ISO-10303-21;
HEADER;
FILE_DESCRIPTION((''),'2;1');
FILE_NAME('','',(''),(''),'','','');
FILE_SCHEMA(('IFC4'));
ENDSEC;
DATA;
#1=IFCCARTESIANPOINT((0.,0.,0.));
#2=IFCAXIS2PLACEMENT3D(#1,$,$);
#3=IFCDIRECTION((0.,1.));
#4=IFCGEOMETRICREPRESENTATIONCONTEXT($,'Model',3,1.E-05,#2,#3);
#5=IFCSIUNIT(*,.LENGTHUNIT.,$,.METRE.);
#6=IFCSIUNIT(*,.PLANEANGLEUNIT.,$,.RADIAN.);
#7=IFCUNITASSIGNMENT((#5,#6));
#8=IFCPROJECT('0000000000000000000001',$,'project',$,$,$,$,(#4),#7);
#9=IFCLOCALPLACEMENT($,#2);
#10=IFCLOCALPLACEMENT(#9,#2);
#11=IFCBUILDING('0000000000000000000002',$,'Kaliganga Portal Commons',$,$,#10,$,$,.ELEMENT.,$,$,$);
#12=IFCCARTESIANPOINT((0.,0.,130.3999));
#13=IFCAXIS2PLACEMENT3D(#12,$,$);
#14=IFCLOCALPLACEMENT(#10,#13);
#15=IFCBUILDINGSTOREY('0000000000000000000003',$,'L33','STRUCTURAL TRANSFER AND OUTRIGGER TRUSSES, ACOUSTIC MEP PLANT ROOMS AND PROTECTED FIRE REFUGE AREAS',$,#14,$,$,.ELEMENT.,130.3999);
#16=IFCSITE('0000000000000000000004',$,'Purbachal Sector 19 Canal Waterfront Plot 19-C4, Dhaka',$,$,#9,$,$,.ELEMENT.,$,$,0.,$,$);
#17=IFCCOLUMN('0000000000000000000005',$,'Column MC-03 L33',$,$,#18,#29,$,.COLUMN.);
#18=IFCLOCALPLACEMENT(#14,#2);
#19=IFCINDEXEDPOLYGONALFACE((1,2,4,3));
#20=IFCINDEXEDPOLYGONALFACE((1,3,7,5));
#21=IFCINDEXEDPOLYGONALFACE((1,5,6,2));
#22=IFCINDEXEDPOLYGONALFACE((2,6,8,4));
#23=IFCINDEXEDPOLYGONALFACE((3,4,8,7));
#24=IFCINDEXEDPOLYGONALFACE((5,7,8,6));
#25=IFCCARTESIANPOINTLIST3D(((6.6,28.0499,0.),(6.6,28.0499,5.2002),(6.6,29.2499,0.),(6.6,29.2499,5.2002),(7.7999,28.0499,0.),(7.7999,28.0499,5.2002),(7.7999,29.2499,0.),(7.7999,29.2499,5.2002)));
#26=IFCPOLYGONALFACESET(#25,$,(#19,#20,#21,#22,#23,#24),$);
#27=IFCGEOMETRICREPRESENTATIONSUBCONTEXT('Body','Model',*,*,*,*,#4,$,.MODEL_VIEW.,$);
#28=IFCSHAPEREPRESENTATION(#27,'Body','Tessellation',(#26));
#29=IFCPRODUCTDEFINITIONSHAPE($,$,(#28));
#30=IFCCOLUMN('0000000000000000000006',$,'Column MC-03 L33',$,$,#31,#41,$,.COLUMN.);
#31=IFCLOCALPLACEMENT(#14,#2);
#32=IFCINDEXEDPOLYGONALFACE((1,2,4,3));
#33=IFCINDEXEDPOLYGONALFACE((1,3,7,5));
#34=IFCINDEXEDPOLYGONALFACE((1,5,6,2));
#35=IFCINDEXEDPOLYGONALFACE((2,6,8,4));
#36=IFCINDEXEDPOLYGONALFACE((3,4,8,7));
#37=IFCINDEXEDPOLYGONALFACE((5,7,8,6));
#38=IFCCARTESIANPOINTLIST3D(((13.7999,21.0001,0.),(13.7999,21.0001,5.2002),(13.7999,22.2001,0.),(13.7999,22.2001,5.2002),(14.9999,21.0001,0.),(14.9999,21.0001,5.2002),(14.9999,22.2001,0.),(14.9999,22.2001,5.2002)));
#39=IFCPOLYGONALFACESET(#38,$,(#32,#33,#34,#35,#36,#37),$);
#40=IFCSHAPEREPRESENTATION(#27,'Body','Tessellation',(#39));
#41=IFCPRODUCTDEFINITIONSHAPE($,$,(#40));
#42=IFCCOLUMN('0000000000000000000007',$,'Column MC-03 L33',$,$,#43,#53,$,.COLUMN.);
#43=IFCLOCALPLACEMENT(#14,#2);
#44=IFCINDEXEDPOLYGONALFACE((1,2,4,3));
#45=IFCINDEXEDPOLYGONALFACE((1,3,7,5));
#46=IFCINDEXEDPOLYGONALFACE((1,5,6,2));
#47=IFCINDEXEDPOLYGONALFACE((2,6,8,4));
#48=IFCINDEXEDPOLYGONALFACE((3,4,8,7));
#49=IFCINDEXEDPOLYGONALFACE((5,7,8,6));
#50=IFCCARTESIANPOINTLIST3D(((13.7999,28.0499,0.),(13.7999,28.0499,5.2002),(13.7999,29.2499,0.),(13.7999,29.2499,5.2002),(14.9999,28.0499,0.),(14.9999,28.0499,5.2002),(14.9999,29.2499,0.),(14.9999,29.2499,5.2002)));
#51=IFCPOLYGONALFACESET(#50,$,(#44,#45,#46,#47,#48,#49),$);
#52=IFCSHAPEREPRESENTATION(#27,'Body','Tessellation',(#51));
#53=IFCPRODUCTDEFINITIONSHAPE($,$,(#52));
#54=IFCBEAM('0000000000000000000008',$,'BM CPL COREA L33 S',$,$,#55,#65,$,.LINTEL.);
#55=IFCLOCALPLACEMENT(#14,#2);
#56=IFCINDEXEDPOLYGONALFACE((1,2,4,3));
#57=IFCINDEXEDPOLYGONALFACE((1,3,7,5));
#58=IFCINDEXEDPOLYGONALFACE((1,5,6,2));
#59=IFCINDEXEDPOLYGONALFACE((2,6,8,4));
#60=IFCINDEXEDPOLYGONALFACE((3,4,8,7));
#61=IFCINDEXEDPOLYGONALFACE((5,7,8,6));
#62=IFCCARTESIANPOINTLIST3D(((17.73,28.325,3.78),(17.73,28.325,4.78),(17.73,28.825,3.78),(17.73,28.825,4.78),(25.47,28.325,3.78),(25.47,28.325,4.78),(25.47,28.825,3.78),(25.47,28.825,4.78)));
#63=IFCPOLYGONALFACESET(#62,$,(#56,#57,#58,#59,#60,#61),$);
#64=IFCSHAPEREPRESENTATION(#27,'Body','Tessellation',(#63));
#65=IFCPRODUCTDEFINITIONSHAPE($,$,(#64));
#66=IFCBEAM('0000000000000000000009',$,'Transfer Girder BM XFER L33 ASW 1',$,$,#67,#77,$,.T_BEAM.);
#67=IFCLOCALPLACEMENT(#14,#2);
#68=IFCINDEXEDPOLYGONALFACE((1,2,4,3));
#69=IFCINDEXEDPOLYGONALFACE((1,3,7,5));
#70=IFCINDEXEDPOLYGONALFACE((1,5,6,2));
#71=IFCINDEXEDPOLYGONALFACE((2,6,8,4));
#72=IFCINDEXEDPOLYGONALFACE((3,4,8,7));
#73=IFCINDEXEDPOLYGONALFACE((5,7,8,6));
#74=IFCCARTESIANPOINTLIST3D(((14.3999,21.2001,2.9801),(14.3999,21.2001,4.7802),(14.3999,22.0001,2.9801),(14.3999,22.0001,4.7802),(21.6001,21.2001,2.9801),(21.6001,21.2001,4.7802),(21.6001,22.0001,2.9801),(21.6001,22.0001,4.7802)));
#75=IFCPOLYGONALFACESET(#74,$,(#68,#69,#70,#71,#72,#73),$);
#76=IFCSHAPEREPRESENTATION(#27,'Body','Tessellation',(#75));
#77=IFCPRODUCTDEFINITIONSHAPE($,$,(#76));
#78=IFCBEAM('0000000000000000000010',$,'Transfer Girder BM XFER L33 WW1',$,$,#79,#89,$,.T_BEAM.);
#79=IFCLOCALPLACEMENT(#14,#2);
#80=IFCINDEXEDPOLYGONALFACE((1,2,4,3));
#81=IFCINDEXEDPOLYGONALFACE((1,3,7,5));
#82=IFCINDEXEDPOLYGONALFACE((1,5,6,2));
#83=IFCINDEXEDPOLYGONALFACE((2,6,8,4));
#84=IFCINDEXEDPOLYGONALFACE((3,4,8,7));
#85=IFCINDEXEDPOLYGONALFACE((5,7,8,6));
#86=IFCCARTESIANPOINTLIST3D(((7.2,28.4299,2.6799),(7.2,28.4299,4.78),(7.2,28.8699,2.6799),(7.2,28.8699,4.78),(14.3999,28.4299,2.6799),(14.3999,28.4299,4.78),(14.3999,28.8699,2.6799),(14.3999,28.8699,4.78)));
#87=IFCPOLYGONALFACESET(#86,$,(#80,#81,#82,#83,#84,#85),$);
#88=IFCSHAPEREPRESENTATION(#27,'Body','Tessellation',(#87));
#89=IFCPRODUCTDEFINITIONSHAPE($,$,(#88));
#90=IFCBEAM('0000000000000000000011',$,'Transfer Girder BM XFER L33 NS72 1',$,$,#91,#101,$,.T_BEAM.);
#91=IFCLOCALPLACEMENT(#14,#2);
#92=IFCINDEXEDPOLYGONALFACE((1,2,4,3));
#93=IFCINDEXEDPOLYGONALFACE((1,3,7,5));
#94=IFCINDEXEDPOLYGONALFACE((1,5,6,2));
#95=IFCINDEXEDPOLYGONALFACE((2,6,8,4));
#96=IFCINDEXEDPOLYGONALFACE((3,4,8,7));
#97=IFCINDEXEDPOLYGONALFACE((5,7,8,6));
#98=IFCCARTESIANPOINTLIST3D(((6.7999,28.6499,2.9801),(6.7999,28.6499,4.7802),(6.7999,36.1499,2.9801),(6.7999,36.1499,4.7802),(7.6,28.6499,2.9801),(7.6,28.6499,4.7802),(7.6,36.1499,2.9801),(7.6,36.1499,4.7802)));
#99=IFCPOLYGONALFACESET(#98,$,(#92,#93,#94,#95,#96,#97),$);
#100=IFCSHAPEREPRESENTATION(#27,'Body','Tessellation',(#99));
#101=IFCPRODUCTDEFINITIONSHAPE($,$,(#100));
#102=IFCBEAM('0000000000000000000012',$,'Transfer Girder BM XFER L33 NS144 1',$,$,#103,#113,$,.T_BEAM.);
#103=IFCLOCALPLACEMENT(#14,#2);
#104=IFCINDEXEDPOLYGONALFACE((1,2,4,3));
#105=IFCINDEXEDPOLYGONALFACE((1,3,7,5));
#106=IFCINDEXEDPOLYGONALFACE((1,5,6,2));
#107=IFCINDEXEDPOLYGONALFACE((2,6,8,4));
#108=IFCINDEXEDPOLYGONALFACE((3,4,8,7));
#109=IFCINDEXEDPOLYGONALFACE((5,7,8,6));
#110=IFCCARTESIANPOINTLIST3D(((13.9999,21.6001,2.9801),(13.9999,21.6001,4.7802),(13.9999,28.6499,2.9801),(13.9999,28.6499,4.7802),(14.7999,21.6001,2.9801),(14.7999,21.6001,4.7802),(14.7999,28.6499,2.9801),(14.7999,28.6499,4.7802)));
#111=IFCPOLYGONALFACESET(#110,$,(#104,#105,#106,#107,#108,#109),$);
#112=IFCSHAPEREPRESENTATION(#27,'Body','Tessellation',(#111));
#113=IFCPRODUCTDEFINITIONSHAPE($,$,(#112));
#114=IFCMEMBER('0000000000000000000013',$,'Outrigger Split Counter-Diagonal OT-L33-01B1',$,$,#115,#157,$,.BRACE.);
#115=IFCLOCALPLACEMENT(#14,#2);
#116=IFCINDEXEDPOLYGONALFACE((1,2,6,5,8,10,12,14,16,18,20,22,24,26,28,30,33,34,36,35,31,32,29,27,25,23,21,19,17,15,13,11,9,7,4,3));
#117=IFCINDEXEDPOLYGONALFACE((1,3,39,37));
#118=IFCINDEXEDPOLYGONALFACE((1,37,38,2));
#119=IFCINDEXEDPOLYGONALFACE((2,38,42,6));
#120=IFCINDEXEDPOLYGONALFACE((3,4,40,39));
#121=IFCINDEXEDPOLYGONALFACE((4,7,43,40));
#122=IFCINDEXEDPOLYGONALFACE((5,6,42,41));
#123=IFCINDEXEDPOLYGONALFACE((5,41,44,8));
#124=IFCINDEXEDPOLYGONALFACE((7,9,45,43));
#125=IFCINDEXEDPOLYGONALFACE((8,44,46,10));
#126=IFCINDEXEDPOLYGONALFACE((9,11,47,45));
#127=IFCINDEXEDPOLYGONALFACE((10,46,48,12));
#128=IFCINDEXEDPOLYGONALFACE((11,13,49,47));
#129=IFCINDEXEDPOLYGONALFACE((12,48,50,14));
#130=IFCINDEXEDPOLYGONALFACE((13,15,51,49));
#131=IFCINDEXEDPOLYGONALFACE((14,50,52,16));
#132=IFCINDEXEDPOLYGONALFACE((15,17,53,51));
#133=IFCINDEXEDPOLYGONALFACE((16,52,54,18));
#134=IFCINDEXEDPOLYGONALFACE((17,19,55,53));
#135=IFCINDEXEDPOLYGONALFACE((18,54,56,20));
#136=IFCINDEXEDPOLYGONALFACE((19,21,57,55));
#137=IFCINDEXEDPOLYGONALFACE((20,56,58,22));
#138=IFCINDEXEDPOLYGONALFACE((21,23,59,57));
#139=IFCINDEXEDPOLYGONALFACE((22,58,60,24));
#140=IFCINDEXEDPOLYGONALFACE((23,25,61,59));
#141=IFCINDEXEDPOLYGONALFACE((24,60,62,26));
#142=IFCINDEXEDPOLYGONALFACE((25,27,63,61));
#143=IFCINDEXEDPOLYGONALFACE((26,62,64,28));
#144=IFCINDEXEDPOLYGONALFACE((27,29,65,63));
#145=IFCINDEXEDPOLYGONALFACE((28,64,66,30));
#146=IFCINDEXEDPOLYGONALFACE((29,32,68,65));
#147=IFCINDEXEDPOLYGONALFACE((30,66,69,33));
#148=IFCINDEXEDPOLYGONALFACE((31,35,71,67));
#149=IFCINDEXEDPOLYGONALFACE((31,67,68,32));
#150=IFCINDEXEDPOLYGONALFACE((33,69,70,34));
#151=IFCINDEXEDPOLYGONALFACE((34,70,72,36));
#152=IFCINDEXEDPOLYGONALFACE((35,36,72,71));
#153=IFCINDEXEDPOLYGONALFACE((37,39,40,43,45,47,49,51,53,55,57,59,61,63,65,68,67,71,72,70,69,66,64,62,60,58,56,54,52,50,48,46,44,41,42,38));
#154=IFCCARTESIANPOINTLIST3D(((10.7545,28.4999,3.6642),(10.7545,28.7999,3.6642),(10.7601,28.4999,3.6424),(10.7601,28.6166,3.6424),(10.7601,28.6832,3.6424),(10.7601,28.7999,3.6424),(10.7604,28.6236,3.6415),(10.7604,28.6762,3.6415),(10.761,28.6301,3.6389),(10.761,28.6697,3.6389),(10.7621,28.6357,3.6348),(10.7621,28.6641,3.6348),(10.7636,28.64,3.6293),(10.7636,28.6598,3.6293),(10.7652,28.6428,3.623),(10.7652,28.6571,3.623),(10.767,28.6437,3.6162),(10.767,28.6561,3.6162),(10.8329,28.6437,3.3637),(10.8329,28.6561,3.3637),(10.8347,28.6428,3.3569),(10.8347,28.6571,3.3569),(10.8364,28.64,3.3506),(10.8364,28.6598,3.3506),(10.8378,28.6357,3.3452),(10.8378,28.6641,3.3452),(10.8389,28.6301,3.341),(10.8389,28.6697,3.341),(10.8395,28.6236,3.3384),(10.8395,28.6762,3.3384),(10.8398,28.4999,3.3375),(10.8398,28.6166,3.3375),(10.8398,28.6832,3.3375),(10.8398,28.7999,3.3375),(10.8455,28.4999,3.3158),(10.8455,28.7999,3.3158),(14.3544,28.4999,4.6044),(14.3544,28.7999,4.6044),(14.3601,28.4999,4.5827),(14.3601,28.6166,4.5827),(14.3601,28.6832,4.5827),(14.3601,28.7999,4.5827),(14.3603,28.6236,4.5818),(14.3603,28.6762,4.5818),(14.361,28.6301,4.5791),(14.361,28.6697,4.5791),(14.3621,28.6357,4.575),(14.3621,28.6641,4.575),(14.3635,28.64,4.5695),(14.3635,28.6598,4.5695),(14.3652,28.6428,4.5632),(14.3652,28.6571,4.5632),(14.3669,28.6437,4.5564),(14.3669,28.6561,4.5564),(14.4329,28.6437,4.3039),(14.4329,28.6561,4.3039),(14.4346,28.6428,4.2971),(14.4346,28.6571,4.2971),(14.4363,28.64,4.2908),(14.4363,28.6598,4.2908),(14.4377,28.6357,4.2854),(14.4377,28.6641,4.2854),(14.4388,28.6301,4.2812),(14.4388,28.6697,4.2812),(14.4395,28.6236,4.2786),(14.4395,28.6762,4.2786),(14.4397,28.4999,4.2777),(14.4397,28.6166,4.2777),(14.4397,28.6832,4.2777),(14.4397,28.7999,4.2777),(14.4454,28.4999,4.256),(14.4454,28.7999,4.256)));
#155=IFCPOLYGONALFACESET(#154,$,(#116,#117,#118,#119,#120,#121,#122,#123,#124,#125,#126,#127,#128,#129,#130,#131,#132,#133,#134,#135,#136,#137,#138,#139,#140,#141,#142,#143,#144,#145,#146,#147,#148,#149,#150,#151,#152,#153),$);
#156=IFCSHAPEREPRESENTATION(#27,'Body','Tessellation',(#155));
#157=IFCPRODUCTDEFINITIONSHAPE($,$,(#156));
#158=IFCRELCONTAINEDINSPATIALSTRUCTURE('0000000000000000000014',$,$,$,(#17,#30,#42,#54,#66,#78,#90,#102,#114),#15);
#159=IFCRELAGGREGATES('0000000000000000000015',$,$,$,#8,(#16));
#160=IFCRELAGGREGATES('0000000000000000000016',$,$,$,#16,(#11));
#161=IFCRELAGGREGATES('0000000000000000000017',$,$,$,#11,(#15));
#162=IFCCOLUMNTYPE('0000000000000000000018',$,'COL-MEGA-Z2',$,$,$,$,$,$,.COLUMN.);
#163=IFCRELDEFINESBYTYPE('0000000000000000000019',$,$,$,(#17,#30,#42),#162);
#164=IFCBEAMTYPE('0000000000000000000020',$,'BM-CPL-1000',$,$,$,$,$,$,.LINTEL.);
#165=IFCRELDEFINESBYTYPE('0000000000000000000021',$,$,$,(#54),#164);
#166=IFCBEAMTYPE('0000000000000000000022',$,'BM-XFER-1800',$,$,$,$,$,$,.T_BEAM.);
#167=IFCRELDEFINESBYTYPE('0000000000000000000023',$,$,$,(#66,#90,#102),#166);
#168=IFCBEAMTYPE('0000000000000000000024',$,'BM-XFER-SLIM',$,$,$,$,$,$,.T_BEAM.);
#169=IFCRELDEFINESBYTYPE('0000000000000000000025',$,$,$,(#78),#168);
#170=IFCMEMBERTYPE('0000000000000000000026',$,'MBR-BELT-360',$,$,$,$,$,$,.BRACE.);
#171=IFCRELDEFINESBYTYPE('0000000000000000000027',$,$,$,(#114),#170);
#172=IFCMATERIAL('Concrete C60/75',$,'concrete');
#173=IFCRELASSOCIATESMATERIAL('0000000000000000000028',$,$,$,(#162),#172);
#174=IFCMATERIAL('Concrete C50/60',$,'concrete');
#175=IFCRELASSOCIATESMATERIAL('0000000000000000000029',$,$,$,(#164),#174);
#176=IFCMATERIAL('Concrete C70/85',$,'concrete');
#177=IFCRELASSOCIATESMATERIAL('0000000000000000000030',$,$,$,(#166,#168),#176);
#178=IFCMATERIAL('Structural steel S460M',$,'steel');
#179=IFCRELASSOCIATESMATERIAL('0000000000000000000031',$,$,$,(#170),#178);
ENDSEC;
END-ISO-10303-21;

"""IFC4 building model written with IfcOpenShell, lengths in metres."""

from ifc_helpers import new_model, si_unit, direction, frame, origin, origin_2d, place, context, subcontext, project, spatial, rectangle, i_section, extrude, source, transform, mapped, material, material_profile, profile_set, type_object, element, save


model = new_model("IFC4")

# Units and contexts
model_context = context("Model", 3, precision=1e-05, world=origin(), true_north=direction((0.0, 1.0)))
body_context = subcontext(model_context, "Body", "Model", "MODEL_VIEW")
ifc_project = project(units=[si_unit("LENGTHUNIT", "METRE"), si_unit("PLANEANGLEUNIT", "RADIAN")], contexts=[model_context])

# Site, building, storey
site_placement = place(None, origin())
site = spatial("IfcSite", under=ifc_project, at=site_placement, Name="Purbachal Sector 19 Canal Waterfront Plot 19-C4, Dhaka", CompositionType="ELEMENT", RefElevation=0.0)
building_placement = place(site_placement, origin())
building = spatial("IfcBuilding", under=site, at=building_placement, Name="Kaliganga Portal Commons", CompositionType="ELEMENT")
storey_placement = place(building_placement, frame((0.0, 0.0, 130.3999)))
storey = spatial("IfcBuildingStorey", under=building, at=storey_placement, Name="L33", Description="STRUCTURAL TRANSFER AND OUTRIGGER TRUSSES, ACOUSTIC MEP PLANT ROOMS AND PROTECTED FIRE REFUGE AREAS", CompositionType="ELEMENT", Elevation=130.3999)

# Columns
ifc_material_1 = material(Name="Concrete C60/75", Category="concrete")
ifc_material_profile_1 = material_profile(ifc_material_1, rectangle(XDim=1.2, YDim=1.2, at=origin_2d()), Name="RC 1200x1200")
ifc_profile_set_1 = profile_set([ifc_material_profile_1], Name="Concrete C60/75")
column_type = type_object("IfcColumnType", Name="COL-MEGA-Z2", PredefinedType="COLUMN", material=ifc_profile_set_1)
shared_shape_1 = source(origin(), body_context, "Body", "SweptSolid", [
    extrude(rectangle(XDim=1.2, YDim=1.2, at=origin_2d()), origin(), (0.0, 0.0, 1.0), 5.2002),
])
for number, where, z_axis, x_axis, name in (
    (1, (7.2, 28.6499, 0.0), (0.0, 0.0, 1.0), (1.0, 0.0, 0.0), "Column MC-03 L33"),
    (2, (14.3999, 21.6001, 0.0), (0.0, 0.0, 1.0), (1.0, 0.0, 0.0), "Column MC-03 L33"),
    (3, (14.3999, 28.6499, 0.0), (0.0, 0.0, 1.0), (1.0, 0.0, 0.0), "Column MC-03 L33"),
):
    element("IfcColumn", number, at=place(storey_placement, frame(where, z_axis=z_axis, x_axis=x_axis)), inside=storey, type_object=column_type, Name=name, PredefinedType="COLUMN", context=body_context, shape_type="MappedRepresentation", body=[
        mapped(shared_shape_1, transform((0.0, 0.0, 0.0), x_axis=(1.0, 0.0, 0.0), y_axis=(0.0, 1.0, 0.0), z_axis=(0.0, 0.0, 1.0), scale=1.0)),
    ])

# Beams
ifc_material_2 = material(Name="Concrete C50/60", Category="concrete")
ifc_material_profile_2 = material_profile(ifc_material_2, rectangle(XDim=0.5, YDim=1.0, at=origin_2d()), Name="RC 500x1000")
ifc_profile_set_2 = profile_set([ifc_material_profile_2], Name="Concrete C50/60")
beam_type_1 = type_object("IfcBeamType", Name="BM-CPL-1000", PredefinedType="LINTEL", material=ifc_profile_set_2)
shared_shape_2 = source(origin(), body_context, "Body", "SweptSolid", [
    extrude(rectangle(XDim=0.5, YDim=1.0, at=origin_2d()), origin(), (0.0, 0.0, 1.0), 7.74),
])
beam_1_placement = place(storey_placement, frame((17.73, 28.575, 4.28), z_axis=(1.0, 0.0, 0.0), x_axis=(0.0, 1.0, 0.0)))
element("IfcBeam", 4, at=beam_1_placement, inside=storey, type_object=beam_type_1, Name="BM CPL COREA L33 S", PredefinedType="LINTEL", context=body_context, shape_type="MappedRepresentation", body=[
    mapped(shared_shape_2, transform((0.0, 0.0, 0.0), x_axis=(1.0, 0.0, 0.0), y_axis=(0.0, 1.0, 0.0), z_axis=(0.0, 0.0, 1.0), scale=1.0)),
])
ifc_material_3 = material(Name="Concrete C70/85", Category="concrete")
ifc_material_profile_3 = material_profile(ifc_material_3, rectangle(XDim=0.8, YDim=1.8, at=origin_2d()), Name="RC 800x1800")
ifc_profile_set_3 = profile_set([ifc_material_profile_3], Name="Concrete C70/85")
beam_type_2 = type_object("IfcBeamType", Name="BM-XFER-1800", PredefinedType="T_BEAM", material=ifc_profile_set_3)
shared_shape_3 = source(origin(), body_context, "Body", "SweptSolid", [
    extrude(rectangle(XDim=0.8, YDim=1.8, at=origin_2d()), origin(), (0.0, 0.0, 1.0), 7.2002),
])
beam_2_placement = place(storey_placement, frame((14.3999, 21.6001, 3.8801), z_axis=(1.0, 0.0, 0.0), x_axis=(0.0, 1.0, 0.0)))
element("IfcBeam", 5, at=beam_2_placement, inside=storey, type_object=beam_type_2, Name="Transfer Girder BM XFER L33 ASW 1", PredefinedType="T_BEAM", context=body_context, shape_type="MappedRepresentation", body=[
    mapped(shared_shape_3, transform((0.0, 0.0, 0.0), x_axis=(1.0, 0.0, 0.0), y_axis=(0.0, 1.0, 0.0), z_axis=(0.0, 0.0, 1.0), scale=1.0)),
])
ifc_material_profile_4 = material_profile(ifc_material_3, rectangle(XDim=0.4399, YDim=2.1001, at=origin_2d()), Name="RC 440x2100")
ifc_profile_set_4 = profile_set([ifc_material_profile_4], Name="Concrete C70/85")
beam_type_3 = type_object("IfcBeamType", Name="BM-XFER-SLIM", PredefinedType="T_BEAM", material=ifc_profile_set_4)
shared_shape_4 = source(origin(), body_context, "Body", "SweptSolid", [
    extrude(rectangle(XDim=0.4399, YDim=2.1001, at=origin_2d()), origin(), (0.0, 0.0, 1.0), 7.2),
])
beam_3_placement = place(storey_placement, frame((7.2, 28.6499, 3.73), z_axis=(1.0, 0.0, 0.0), x_axis=(0.0, 1.0, 0.0)))
element("IfcBeam", 6, at=beam_3_placement, inside=storey, type_object=beam_type_3, Name="Transfer Girder BM XFER L33 WW1", PredefinedType="T_BEAM", context=body_context, shape_type="MappedRepresentation", body=[
    mapped(shared_shape_4, transform((0.0, 0.0, 0.0), x_axis=(1.0, 0.0, 0.0), y_axis=(0.0, 1.0, 0.0), z_axis=(0.0, 0.0, 1.0), scale=1.0)),
])
shared_shape_5 = source(origin(), body_context, "Body", "SweptSolid", [
    extrude(rectangle(XDim=0.8, YDim=1.8, at=origin_2d()), origin(), (0.0, 0.0, 1.0), 7.5),
])
beam_4_placement = place(storey_placement, frame((7.2, 28.6499, 3.8801), z_axis=(0.0, 1.0, 0.0), x_axis=(-1.0, 0.0, 0.0)))
element("IfcBeam", 7, at=beam_4_placement, inside=storey, type_object=beam_type_2, Name="Transfer Girder BM XFER L33 NS72 1", PredefinedType="T_BEAM", context=body_context, shape_type="MappedRepresentation", body=[
    mapped(shared_shape_5, transform((0.0, 0.0, 0.0), x_axis=(1.0, 0.0, 0.0), y_axis=(0.0, 1.0, 0.0), z_axis=(0.0, 0.0, 1.0), scale=1.0)),
])
shared_shape_6 = source(origin(), body_context, "Body", "SweptSolid", [
    extrude(rectangle(XDim=0.8, YDim=1.8, at=origin_2d()), origin(), (0.0, 0.0, 1.0), 7.0498),
])
beam_5_placement = place(storey_placement, frame((14.3999, 21.6001, 3.8801), z_axis=(0.0, 1.0, 0.0), x_axis=(-1.0, 0.0, 0.0)))
element("IfcBeam", 8, at=beam_5_placement, inside=storey, type_object=beam_type_2, Name="Transfer Girder BM XFER L33 NS144 1", PredefinedType="T_BEAM", context=body_context, shape_type="MappedRepresentation", body=[
    mapped(shared_shape_6, transform((0.0, 0.0, 0.0), x_axis=(1.0, 0.0, 0.0), y_axis=(0.0, 1.0, 0.0), z_axis=(0.0, 0.0, 1.0), scale=1.0)),
])

# Member
ifc_material_4 = material(Name="Structural steel S460M", Category="steel")
ifc_material_profile_5 = material_profile(ifc_material_4, i_section(OverallWidth=0.3, OverallDepth=0.3601, WebThickness=0.0125, FlangeThickness=0.0225, FilletRadius=0.0271, at=origin_2d()), Name="HE 360 B")
ifc_profile_set_5 = profile_set([ifc_material_profile_5], Name="Structural steel S460M wide-flange")
member_type_1 = type_object("IfcMemberType", Name="MBR-BELT-360", PredefinedType="BRACE", material=ifc_profile_set_5)
shared_shape_7 = source(origin(), body_context, "Body", "SweptSolid", [
    extrude(i_section(OverallWidth=0.3, OverallDepth=0.3601, WebThickness=0.0125, FlangeThickness=0.0225, FilletRadius=0.0271, at=origin_2d()), origin(), (0.0, 0.0, 1.0), 3.7207),
])
for number, where, z_axis, x_axis, name in (
    (9, (14.3999, 28.6499, 4.4302), (-0.967545, 0.0, -0.252697), (0.0, -1.0, 0.0), "Outrigger Split Counter-Diagonal OT-L33-01B1"),
):
    element("IfcMember", number, at=place(storey_placement, frame(where, z_axis=z_axis, x_axis=x_axis)), inside=storey, type_object=member_type_1, Name=name, PredefinedType="BRACE", context=body_context, shape_type="MappedRepresentation", body=[
        mapped(shared_shape_7, transform((0.0, 0.0, 0.0), x_axis=(1.0, 0.0, 0.0), y_axis=(0.0, 1.0, 0.0), z_axis=(0.0, 0.0, 1.0), scale=1.0)),
    ])

save(model, "model.ifc")
